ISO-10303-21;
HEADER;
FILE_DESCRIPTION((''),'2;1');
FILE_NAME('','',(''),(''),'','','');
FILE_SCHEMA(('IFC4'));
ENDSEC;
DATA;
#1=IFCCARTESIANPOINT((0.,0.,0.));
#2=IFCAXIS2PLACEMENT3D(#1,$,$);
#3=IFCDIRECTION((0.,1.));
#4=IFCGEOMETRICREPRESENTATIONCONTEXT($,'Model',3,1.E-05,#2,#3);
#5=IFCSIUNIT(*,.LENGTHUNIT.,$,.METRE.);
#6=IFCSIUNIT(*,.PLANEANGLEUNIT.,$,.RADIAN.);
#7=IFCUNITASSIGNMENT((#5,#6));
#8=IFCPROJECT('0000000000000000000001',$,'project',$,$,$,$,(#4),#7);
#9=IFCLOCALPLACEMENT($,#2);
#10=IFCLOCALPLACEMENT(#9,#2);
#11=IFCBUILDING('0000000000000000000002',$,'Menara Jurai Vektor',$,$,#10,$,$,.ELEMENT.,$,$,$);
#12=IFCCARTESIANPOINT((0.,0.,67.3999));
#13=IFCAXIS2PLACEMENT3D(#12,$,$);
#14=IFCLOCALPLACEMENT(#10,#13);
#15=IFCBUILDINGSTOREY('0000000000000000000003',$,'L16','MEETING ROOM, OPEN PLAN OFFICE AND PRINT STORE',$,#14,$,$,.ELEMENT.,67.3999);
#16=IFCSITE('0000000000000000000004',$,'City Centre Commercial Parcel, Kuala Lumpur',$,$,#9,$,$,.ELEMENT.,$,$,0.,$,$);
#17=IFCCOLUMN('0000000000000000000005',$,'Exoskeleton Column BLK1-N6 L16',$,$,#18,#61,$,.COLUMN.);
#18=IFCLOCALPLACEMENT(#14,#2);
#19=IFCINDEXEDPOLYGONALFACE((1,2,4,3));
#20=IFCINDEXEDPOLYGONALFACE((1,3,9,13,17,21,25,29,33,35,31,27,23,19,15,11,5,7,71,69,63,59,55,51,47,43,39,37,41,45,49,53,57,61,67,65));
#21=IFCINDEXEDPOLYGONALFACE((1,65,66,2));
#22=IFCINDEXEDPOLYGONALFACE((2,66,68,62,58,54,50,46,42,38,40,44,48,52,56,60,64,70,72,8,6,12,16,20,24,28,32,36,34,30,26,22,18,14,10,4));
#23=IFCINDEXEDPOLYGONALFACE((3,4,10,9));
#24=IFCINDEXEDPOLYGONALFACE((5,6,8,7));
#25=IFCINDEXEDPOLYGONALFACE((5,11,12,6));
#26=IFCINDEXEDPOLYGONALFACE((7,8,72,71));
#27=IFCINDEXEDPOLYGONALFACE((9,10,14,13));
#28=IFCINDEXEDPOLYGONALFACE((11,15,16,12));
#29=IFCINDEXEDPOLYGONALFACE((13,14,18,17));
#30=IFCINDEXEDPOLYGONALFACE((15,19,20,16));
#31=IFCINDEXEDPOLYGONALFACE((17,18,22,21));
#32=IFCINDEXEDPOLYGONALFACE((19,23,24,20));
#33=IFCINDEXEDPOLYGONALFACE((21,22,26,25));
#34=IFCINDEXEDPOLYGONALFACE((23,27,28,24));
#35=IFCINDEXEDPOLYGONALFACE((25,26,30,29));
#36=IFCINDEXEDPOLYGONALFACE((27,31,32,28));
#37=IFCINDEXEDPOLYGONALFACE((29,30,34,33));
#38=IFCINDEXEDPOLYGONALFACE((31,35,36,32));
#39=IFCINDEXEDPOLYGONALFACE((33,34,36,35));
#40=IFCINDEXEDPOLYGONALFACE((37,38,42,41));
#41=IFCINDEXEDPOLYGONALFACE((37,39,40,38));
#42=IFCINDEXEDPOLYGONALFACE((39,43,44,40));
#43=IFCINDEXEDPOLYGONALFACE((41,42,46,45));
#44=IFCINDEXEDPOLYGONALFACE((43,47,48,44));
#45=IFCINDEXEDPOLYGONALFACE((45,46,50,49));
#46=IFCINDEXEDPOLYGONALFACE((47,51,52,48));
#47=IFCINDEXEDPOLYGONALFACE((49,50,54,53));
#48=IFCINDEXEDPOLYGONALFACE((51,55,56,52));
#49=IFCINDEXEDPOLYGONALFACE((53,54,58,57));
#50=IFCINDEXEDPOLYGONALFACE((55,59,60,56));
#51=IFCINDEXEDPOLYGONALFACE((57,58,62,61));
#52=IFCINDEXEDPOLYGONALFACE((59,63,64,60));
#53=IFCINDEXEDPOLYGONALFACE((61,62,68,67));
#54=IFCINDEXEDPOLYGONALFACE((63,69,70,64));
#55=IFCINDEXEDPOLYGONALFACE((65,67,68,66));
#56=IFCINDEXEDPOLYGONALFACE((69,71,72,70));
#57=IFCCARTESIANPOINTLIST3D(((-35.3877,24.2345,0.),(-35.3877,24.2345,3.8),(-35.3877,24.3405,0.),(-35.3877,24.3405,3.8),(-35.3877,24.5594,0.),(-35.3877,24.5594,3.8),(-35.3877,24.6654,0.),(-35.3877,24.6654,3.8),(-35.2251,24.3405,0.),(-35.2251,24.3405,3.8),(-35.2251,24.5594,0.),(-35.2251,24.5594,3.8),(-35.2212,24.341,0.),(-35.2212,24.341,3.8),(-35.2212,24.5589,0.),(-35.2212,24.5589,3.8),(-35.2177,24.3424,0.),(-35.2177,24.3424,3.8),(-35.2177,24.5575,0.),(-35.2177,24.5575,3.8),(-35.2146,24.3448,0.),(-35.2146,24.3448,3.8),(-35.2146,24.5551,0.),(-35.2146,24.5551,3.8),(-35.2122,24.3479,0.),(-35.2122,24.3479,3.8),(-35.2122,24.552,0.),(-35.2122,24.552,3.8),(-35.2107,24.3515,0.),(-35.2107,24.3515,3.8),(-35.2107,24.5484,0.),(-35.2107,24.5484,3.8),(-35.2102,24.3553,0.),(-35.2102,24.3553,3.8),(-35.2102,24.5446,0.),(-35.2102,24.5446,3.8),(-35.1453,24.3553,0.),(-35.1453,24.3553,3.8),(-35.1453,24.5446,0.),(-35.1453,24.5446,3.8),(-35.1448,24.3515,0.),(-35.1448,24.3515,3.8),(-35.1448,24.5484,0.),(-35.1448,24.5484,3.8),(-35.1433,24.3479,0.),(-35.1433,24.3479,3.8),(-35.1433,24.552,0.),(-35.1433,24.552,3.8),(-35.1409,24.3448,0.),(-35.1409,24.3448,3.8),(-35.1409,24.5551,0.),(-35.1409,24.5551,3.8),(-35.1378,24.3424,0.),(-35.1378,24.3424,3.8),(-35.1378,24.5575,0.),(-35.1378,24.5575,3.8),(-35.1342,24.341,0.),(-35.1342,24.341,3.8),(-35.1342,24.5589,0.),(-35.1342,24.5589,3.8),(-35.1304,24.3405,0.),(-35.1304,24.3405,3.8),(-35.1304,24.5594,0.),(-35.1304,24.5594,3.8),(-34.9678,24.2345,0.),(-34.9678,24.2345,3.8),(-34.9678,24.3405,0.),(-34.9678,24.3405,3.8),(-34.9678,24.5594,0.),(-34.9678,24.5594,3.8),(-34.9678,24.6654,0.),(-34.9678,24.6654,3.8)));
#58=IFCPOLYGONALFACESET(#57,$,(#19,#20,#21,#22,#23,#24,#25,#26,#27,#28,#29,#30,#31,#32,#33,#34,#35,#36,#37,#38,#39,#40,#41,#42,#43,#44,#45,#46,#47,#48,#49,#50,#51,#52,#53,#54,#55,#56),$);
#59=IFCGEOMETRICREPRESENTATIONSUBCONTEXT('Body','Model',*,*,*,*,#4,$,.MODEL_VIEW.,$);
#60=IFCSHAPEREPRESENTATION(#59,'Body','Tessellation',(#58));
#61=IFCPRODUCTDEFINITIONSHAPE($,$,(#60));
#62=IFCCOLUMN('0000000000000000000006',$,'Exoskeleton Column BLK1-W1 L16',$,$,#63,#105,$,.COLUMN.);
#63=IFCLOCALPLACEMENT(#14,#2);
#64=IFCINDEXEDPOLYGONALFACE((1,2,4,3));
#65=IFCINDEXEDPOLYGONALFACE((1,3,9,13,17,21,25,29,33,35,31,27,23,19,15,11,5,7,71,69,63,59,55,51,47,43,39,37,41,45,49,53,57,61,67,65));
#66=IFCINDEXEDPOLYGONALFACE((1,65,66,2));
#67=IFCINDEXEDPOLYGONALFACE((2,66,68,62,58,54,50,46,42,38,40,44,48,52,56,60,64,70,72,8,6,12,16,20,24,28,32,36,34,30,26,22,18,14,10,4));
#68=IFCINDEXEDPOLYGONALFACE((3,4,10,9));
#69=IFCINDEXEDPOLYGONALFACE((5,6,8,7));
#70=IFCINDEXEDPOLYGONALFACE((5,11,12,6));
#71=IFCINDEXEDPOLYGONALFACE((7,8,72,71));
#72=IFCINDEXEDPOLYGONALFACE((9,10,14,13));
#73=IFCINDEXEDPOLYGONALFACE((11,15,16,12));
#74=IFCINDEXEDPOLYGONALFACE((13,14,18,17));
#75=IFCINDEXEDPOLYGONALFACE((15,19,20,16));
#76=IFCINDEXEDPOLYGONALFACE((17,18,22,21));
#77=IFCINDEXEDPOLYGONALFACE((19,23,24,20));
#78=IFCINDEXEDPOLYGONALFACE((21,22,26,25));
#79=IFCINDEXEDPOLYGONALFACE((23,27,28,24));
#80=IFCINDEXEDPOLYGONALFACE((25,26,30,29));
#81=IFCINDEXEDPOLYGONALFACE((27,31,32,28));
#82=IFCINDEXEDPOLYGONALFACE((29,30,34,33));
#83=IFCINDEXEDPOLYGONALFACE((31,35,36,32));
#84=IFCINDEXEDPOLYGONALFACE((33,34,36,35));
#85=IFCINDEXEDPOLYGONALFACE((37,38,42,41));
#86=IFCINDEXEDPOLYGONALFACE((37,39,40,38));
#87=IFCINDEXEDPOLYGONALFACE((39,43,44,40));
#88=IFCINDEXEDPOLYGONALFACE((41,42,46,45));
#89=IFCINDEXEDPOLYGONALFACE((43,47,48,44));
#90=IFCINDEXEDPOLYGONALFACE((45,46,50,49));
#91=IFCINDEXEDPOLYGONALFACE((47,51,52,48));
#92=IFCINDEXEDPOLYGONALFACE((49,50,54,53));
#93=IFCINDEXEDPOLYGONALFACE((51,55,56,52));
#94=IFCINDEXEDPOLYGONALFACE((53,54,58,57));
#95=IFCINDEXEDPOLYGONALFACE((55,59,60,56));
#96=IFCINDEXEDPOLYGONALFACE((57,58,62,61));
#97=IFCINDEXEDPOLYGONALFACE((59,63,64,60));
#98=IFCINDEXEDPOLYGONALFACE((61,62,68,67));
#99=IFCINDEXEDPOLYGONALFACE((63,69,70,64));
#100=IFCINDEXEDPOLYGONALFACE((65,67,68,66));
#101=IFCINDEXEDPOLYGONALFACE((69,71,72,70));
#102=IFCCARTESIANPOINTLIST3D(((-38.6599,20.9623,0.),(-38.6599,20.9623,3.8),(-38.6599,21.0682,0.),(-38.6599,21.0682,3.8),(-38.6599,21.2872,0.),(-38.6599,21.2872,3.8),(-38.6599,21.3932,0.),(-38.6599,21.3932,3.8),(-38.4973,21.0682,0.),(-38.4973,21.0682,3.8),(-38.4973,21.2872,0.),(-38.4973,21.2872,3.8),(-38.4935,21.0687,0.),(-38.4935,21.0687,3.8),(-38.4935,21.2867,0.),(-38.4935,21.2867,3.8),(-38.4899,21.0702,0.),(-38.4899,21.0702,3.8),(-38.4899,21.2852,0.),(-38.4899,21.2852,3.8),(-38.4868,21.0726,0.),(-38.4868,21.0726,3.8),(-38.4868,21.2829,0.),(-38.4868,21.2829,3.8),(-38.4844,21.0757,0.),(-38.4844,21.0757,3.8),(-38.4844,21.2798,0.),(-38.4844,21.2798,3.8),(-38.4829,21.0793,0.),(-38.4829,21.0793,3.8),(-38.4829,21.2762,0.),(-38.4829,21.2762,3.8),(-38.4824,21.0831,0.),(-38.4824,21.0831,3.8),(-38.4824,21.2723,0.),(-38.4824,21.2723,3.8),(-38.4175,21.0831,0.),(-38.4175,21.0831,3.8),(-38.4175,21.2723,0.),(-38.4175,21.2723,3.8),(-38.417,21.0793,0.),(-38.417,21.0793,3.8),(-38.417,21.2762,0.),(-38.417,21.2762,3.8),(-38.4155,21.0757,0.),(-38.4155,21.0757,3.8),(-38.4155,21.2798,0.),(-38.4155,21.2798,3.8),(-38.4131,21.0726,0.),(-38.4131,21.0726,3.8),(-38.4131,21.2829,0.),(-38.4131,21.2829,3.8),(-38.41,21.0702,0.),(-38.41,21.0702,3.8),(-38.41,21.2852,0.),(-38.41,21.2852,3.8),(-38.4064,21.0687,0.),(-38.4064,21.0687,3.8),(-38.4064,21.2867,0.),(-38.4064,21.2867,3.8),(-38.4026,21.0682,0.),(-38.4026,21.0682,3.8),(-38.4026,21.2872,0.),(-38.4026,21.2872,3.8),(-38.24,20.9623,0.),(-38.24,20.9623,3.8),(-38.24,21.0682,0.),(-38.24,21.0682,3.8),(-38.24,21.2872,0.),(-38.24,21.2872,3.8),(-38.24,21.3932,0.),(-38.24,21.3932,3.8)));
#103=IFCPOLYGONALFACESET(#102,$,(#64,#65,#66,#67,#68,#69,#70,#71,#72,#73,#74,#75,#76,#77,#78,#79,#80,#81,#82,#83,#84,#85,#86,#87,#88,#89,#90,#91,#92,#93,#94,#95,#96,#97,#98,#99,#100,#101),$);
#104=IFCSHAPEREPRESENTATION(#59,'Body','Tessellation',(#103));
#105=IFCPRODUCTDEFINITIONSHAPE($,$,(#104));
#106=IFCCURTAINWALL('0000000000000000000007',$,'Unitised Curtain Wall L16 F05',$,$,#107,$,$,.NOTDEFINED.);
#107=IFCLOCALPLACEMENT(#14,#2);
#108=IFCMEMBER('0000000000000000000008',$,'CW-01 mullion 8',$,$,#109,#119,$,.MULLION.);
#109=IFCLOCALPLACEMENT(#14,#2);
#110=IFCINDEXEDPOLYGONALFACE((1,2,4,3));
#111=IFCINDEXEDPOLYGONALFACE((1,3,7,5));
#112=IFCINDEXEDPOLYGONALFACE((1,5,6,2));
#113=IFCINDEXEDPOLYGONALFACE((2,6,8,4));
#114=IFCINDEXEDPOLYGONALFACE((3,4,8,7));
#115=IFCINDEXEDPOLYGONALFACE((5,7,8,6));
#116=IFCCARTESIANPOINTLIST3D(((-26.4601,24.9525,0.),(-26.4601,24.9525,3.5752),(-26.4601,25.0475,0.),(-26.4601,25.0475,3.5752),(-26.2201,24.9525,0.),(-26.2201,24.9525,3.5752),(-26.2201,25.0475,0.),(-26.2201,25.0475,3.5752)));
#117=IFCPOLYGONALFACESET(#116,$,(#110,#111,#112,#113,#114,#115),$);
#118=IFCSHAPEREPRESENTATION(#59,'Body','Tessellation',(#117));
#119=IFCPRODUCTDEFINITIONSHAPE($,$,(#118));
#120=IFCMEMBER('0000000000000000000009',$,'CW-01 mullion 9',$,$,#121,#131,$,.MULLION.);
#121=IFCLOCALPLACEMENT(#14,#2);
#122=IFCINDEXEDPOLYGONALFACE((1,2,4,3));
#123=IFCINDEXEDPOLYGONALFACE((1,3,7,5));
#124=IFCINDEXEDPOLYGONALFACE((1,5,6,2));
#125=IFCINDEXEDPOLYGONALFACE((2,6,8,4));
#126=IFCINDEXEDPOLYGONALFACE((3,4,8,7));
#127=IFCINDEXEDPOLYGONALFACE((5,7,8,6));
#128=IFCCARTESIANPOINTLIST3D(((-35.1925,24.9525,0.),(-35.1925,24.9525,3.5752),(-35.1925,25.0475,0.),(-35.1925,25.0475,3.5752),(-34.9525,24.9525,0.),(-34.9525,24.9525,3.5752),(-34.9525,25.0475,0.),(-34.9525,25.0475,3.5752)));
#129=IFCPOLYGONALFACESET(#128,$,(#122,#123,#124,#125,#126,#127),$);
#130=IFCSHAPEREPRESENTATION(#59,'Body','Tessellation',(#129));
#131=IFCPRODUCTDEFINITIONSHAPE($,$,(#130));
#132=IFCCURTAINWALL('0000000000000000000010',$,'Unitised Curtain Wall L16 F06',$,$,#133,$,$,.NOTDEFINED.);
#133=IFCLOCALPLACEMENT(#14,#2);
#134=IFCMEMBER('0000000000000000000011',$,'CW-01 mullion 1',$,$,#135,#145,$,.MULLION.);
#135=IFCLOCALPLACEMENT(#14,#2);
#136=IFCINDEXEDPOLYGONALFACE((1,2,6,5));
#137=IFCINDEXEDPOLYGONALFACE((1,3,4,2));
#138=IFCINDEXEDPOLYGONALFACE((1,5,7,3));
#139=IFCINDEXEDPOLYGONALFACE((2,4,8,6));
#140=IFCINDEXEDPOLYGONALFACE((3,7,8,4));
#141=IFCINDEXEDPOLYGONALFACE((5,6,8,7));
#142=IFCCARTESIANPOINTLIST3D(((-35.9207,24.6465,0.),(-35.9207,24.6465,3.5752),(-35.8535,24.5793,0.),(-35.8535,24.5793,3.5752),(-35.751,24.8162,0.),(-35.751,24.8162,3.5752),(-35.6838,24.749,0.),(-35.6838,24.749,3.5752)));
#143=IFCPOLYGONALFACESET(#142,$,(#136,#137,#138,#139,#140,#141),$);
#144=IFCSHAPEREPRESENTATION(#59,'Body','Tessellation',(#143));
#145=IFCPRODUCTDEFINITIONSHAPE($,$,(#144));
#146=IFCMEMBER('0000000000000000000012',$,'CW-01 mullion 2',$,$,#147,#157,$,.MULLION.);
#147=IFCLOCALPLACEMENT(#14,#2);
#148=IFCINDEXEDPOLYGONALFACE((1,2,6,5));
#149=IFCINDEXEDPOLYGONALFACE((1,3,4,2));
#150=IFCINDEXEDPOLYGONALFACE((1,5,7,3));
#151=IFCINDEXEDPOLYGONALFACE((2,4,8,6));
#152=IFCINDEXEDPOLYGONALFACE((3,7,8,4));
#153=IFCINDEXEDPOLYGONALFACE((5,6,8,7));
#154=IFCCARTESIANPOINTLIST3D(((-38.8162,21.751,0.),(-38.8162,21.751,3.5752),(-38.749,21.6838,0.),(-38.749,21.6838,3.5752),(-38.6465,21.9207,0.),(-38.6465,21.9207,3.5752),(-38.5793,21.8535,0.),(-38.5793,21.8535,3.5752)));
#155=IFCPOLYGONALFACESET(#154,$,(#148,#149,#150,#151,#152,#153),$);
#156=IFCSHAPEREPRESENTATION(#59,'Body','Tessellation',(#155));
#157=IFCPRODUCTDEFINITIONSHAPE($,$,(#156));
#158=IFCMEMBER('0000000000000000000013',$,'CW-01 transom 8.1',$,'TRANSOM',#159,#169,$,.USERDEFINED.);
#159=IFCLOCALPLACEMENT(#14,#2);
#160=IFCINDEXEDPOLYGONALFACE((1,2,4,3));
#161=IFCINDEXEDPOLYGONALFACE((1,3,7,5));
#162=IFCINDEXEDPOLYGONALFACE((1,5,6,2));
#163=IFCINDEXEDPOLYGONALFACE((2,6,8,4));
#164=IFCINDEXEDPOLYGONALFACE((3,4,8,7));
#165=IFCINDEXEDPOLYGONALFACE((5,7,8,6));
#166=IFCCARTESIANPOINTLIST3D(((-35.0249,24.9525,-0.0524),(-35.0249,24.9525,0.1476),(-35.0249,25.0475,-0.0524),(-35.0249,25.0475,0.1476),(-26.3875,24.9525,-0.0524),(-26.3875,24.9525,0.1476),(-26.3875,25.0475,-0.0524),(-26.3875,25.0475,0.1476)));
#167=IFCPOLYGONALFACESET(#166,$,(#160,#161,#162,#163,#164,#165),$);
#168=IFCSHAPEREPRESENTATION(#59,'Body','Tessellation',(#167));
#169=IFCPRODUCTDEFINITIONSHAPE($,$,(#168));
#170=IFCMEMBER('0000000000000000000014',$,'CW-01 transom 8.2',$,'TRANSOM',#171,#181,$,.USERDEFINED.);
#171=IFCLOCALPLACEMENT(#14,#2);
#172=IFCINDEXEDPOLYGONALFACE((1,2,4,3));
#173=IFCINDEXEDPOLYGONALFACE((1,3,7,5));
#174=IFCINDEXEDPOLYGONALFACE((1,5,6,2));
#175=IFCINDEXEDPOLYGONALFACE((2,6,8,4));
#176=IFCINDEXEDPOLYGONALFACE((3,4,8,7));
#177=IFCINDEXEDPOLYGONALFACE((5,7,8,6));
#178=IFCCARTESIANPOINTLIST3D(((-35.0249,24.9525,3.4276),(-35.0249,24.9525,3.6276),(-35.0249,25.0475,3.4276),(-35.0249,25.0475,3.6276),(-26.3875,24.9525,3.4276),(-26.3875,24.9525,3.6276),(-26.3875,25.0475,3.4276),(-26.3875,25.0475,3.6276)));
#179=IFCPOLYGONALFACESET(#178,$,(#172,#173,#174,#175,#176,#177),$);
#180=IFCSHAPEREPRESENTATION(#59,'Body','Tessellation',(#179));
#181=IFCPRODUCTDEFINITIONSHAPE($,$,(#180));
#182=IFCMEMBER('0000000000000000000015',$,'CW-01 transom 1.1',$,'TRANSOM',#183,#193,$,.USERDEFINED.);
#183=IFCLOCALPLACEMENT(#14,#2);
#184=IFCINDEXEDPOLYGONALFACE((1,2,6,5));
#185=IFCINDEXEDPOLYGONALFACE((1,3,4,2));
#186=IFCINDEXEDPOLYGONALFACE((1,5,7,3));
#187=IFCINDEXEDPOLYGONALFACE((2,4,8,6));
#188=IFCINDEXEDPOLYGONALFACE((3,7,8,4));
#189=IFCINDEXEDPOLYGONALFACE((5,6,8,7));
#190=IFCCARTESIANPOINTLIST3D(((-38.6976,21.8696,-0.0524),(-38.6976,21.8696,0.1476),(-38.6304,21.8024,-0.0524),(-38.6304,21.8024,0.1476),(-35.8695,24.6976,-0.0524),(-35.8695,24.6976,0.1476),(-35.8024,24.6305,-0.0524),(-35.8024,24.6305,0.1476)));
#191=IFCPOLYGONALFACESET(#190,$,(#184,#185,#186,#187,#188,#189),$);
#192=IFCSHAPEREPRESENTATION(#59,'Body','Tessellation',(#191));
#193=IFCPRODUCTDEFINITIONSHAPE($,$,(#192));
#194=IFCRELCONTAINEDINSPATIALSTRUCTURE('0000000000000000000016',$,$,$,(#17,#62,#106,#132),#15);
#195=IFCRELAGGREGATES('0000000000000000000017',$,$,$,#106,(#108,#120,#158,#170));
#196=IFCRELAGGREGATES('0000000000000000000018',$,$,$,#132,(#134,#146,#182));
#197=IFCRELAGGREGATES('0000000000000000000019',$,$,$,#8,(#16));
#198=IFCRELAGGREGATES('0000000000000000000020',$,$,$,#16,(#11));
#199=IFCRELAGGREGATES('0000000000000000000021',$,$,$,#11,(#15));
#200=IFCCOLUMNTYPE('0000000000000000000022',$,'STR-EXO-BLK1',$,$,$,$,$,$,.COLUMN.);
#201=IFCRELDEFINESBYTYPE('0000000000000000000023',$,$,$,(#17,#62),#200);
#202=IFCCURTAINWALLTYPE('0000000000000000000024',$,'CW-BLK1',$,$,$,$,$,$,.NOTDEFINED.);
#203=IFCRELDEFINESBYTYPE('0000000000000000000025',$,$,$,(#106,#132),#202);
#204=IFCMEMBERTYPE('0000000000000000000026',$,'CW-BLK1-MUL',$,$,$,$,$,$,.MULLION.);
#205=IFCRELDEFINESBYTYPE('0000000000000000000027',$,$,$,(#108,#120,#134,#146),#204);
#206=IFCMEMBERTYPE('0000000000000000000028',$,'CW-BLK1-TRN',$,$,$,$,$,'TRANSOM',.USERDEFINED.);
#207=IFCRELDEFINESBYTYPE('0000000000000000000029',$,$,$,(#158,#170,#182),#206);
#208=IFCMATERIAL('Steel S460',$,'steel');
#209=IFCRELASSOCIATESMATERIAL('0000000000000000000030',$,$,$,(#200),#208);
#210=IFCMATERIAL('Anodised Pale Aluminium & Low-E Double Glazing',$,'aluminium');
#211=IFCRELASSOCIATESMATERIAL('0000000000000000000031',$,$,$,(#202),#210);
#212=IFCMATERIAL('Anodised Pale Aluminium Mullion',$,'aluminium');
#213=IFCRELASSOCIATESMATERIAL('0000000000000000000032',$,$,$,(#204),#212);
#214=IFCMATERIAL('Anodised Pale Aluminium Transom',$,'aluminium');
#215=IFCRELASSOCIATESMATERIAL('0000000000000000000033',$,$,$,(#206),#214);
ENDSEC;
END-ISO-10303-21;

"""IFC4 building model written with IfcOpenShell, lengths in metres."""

from ifc_helpers import new_model, si_unit, direction, frame, origin, origin_2d, place, context, subcontext, project, spatial, rectangle, i_section, extrude, material, material_profile, profile_set, type_object, element, aggregate, save


model = new_model("IFC4")

# Units and contexts
model_context = context("Model", 3, precision=1e-05, world=origin(), true_north=direction((0.0, 1.0)))
body_context = subcontext(model_context, "Body", "Model", "MODEL_VIEW")
ifc_project = project(units=[si_unit("LENGTHUNIT", "METRE"), si_unit("PLANEANGLEUNIT", "RADIAN")], contexts=[model_context])

# Site, building, storey
site_placement = place(None, origin())
site = spatial("IfcSite", under=ifc_project, at=site_placement, Name="City Centre Commercial Parcel, Kuala Lumpur", CompositionType="ELEMENT", RefElevation=0.0)
building_placement = place(site_placement, origin())
building = spatial("IfcBuilding", under=site, at=building_placement, Name="Menara Jurai Vektor", CompositionType="ELEMENT")
storey_placement = place(building_placement, frame((0.0, 0.0, 67.3999)))
storey = spatial("IfcBuildingStorey", under=building, at=storey_placement, Name="L16", Description="MEETING ROOM, OPEN PLAN OFFICE AND PRINT STORE", CompositionType="ELEMENT", Elevation=67.3999)

# Columns
ifc_material_1 = material(Name="Steel S460", Category="steel")
ifc_material_profile_1 = material_profile(ifc_material_1, i_section(OverallWidth=0.4199, OverallDepth=0.4309, WebThickness=0.0649, FlangeThickness=0.106, FilletRadius=0.0149, at=origin_2d()), Name="HD 400x900")
ifc_profile_set_1 = profile_set([ifc_material_profile_1], Name="Steel S460")
column_type = type_object("IfcColumnType", Name="STR-EXO-BLK1", PredefinedType="COLUMN", material=ifc_profile_set_1)
for number, where, z_axis, x_axis, name in (
    (1, (-35.1777, 24.45, 0.0), (0.0, 0.0, 1.0), (1.0, 0.0, 0.0), "Exoskeleton Column BLK1-N6 L16"),
    (2, (-38.45, 21.1777, 0.0), (0.0, 0.0, 1.0), (1.0, 0.0, 0.0), "Exoskeleton Column BLK1-W1 L16"),
):
    element("IfcColumn", number, at=place(storey_placement, frame(where, z_axis=z_axis, x_axis=x_axis)), inside=storey, type_object=column_type, Name=name, PredefinedType="COLUMN", context=body_context, shape_type="SweptSolid", body=[
        extrude(i_section(OverallWidth=0.4199, OverallDepth=0.4309, WebThickness=0.0649, FlangeThickness=0.106, FilletRadius=0.0149, at=origin_2d()), origin(), (0.0, 0.0, 1.0), 3.8),
    ])

# Curtain walls, members
ifc_material_2 = material(Name="Anodised Pale Aluminium & Low-E Double Glazing", Category="aluminium")
curtain_wall_type = type_object("IfcCurtainWallType", Name="CW-BLK1", PredefinedType="NOTDEFINED", material=ifc_material_2)
curtain_wall_1_placement = place(storey_placement, origin())
curtain_wall_1 = element("IfcCurtainWall", 3, at=curtain_wall_1_placement, inside=storey, type_object=curtain_wall_type, Name="Unitised Curtain Wall L16 F05", PredefinedType="NOTDEFINED")
ifc_material_3 = material(Name="Anodised Pale Aluminium Mullion", Category="aluminium")
ifc_material_profile_2 = material_profile(ifc_material_3, rectangle(XDim=0.095, YDim=0.24, at=origin_2d()), Name="ALU MUL 95x240")
ifc_profile_set_2 = profile_set([ifc_material_profile_2], Name="Anodised Pale Aluminium Mullion")
member_type_1 = type_object("IfcMemberType", Name="CW-BLK1-MUL", PredefinedType="MULLION", material=ifc_profile_set_2)
member_1_placement = place(storey_placement, frame((-26.3401, 25.0, 0.0), z_axis=(0.0, 0.0, 1.0), x_axis=(0.0, -1.0, 0.0)))
member_1 = element("IfcMember", 4, at=member_1_placement, type_object=member_type_1, Name="CW-01 mullion 8", PredefinedType="MULLION", context=body_context, shape_type="SweptSolid", body=[
    extrude(rectangle(XDim=0.095, YDim=0.24, at=origin_2d()), origin(), (0.0, 0.0, 1.0), 3.5752),
])
member_2_placement = place(storey_placement, frame((-35.0725, 25.0, 0.0), z_axis=(0.0, 0.0, 1.0), x_axis=(0.0, -1.0, 0.0)))
member_2 = element("IfcMember", 5, at=member_2_placement, type_object=member_type_1, Name="CW-01 mullion 9", PredefinedType="MULLION", context=body_context, shape_type="SweptSolid", body=[
    extrude(rectangle(XDim=0.095, YDim=0.24, at=origin_2d()), origin(), (0.0, 0.0, 1.0), 3.5752),
])
curtain_wall_2_placement = place(storey_placement, origin())
curtain_wall_2 = element("IfcCurtainWall", 6, at=curtain_wall_2_placement, inside=storey, type_object=curtain_wall_type, Name="Unitised Curtain Wall L16 F06", PredefinedType="NOTDEFINED")
member_3_placement = place(storey_placement, frame((-35.8022, 24.6978, 0.0), z_axis=(0.0, 0.0, 1.0), x_axis=(0.707107, -0.707107, 0.0)))
member_3 = element("IfcMember", 7, at=member_3_placement, type_object=member_type_1, Name="CW-01 mullion 1", PredefinedType="MULLION", context=body_context, shape_type="SweptSolid", body=[
    extrude(rectangle(XDim=0.095, YDim=0.24, at=origin_2d()), origin(), (0.0, 0.0, 1.0), 3.5752),
])
member_4_placement = place(storey_placement, frame((-38.6978, 21.8022, 0.0), z_axis=(0.0, 0.0, 1.0), x_axis=(0.707107, -0.707107, 0.0)))
member_4 = element("IfcMember", 8, at=member_4_placement, type_object=member_type_1, Name="CW-01 mullion 2", PredefinedType="MULLION", context=body_context, shape_type="SweptSolid", body=[
    extrude(rectangle(XDim=0.095, YDim=0.24, at=origin_2d()), origin(), (0.0, 0.0, 1.0), 3.5752),
])

# Members
ifc_material_4 = material(Name="Anodised Pale Aluminium Transom", Category="aluminium")
ifc_material_profile_3 = material_profile(ifc_material_4, rectangle(XDim=0.095, YDim=0.2, at=origin_2d()), Name="ALU TRN 95x200")
ifc_profile_set_3 = profile_set([ifc_material_profile_3], Name="Anodised Pale Aluminium Transom")
member_type_2 = type_object("IfcMemberType", Name="CW-BLK1-TRN", ElementType="TRANSOM", PredefinedType="USERDEFINED", material=ifc_profile_set_3)
member_5_placement = place(storey_placement, frame((-26.3875, 25.0, 0.0476), z_axis=(-1.0, 0.0, 0.0), x_axis=(0.0, -1.0, 0.0)))
member_5 = element("IfcMember", 9, at=member_5_placement, type_object=member_type_2, Name="CW-01 transom 8.1", ObjectType="TRANSOM", PredefinedType="USERDEFINED", context=body_context, shape_type="SweptSolid", body=[
    extrude(rectangle(XDim=0.095, YDim=0.2, at=origin_2d()), origin(), (0.0, 0.0, 1.0), 8.6375),
])
member_6_placement = place(storey_placement, frame((-26.3875, 25.0, 3.5276), z_axis=(-1.0, 0.0, 0.0), x_axis=(0.0, -1.0, 0.0)))
member_6 = element("IfcMember", 10, at=member_6_placement, type_object=member_type_2, Name="CW-01 transom 8.2", ObjectType="TRANSOM", PredefinedType="USERDEFINED", context=body_context, shape_type="SweptSolid", body=[
    extrude(rectangle(XDim=0.095, YDim=0.2, at=origin_2d()), origin(), (0.0, 0.0, 1.0), 8.6375),
])
member_7_placement = place(storey_placement, frame((-35.8359, 24.6641, 0.0476), z_axis=(-0.707107, -0.707107, 0.0), x_axis=(0.707107, -0.707107, 0.0)))
member_7 = element("IfcMember", 11, at=member_7_placement, type_object=member_type_2, Name="CW-01 transom 1.1", ObjectType="TRANSOM", PredefinedType="USERDEFINED", context=body_context, shape_type="SweptSolid", body=[
    extrude(rectangle(XDim=0.095, YDim=0.2, at=origin_2d()), origin(), (0.0, 0.0, 1.0), 3.9995),
])

aggregate(curtain_wall_1, [member_1, member_2, member_5, member_6])
aggregate(curtain_wall_2, [member_3, member_4, member_7])

save(model, "model.ifc")
